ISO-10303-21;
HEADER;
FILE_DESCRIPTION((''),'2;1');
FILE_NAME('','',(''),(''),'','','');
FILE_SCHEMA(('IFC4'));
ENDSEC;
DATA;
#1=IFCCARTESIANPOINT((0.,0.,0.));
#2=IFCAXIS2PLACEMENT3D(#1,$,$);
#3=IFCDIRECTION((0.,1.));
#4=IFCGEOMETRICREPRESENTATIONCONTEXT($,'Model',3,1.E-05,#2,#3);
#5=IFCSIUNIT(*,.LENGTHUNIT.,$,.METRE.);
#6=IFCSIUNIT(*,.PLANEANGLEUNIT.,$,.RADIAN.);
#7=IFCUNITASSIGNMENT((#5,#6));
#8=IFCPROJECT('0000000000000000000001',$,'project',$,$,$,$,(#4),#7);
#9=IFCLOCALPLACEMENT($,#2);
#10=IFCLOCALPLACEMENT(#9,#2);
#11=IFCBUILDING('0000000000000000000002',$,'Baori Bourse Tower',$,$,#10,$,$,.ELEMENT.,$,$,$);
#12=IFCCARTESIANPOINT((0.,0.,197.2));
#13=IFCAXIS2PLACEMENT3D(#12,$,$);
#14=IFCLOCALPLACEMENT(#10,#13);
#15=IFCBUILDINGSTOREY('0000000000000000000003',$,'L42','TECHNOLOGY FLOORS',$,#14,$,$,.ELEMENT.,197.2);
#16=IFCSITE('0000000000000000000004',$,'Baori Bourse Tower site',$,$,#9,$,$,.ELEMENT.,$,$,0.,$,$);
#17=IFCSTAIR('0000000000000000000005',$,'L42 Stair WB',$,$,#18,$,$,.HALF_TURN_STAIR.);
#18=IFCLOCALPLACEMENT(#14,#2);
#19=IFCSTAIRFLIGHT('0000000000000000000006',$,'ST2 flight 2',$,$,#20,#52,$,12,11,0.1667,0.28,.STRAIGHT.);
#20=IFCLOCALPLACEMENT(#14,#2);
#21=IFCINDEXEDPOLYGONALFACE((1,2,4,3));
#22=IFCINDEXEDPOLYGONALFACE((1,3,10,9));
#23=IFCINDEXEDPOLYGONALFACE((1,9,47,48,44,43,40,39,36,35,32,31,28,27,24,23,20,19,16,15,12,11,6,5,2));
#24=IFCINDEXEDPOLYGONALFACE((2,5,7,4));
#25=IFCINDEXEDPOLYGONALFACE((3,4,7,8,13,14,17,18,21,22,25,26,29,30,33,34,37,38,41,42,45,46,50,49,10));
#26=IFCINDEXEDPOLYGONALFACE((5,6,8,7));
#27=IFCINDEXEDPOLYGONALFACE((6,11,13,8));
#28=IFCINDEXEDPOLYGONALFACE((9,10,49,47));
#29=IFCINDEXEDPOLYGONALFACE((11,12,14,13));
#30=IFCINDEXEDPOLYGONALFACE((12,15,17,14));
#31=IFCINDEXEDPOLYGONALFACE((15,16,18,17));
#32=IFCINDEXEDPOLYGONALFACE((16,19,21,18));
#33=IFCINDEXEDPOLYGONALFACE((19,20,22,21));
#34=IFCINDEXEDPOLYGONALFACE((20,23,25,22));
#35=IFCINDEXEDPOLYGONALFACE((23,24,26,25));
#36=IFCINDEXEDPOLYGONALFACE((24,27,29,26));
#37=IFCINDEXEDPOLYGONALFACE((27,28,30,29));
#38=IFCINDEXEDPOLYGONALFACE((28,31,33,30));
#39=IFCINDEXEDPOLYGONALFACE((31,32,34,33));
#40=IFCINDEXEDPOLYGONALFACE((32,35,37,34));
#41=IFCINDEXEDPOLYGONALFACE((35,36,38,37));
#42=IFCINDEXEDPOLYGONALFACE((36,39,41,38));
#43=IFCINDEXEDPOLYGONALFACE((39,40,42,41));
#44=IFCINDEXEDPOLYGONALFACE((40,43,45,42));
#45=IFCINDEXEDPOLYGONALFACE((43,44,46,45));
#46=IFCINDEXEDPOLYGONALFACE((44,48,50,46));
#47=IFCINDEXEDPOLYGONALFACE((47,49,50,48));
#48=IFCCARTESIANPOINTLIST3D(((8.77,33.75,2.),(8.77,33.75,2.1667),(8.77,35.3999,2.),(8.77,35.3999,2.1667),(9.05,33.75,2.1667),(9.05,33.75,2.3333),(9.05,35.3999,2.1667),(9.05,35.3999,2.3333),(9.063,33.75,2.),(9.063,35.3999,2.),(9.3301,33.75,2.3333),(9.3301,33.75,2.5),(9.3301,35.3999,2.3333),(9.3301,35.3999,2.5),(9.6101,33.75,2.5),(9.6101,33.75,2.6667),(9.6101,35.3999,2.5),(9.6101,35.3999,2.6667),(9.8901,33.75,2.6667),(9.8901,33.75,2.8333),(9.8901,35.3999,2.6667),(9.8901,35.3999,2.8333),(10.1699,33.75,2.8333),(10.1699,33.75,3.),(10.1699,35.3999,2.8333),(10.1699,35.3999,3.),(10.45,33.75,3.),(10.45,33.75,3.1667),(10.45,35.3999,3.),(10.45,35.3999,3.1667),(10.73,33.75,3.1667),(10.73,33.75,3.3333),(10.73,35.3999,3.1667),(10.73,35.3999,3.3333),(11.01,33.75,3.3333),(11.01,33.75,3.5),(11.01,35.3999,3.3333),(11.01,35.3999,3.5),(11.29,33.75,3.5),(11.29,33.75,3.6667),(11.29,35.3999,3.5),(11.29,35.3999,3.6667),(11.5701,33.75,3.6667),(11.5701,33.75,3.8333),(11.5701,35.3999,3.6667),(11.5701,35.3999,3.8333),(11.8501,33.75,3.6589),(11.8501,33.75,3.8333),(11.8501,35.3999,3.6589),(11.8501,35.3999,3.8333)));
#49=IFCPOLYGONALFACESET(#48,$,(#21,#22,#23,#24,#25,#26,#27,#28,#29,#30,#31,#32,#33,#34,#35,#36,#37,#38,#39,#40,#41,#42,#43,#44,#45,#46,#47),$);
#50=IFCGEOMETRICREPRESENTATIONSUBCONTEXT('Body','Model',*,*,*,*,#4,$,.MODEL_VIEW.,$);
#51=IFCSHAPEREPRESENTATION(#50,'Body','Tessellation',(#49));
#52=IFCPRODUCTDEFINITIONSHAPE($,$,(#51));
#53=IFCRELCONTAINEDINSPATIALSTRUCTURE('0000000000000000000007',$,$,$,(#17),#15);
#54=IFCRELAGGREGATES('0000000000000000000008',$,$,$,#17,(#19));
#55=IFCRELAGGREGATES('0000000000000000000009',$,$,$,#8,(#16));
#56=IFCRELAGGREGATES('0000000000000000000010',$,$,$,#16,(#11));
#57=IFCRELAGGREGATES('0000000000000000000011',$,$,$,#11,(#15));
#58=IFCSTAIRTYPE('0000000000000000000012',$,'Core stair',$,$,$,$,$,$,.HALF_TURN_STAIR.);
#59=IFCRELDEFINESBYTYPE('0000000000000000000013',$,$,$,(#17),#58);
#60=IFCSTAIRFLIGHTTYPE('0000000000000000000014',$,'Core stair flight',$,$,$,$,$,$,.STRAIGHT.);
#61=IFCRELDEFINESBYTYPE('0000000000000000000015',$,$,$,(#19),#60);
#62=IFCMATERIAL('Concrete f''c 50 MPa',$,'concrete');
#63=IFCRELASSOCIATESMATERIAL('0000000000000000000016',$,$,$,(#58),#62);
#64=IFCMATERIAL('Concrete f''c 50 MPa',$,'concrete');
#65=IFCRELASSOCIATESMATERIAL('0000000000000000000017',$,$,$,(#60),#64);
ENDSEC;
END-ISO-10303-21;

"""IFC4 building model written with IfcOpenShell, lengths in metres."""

from ifc_helpers import new_model, si_unit, direction, frame, origin, place, context, subcontext, project, spatial, polyline, outline, extrude, material, type_object, element, aggregate, save


model = new_model("IFC4")

# Units and contexts
model_context = context("Model", 3, precision=1e-05, world=origin(), true_north=direction((0.0, 1.0)))
body_context = subcontext(model_context, "Body", "Model", "MODEL_VIEW")
ifc_project = project(units=[si_unit("LENGTHUNIT", "METRE"), si_unit("PLANEANGLEUNIT", "RADIAN")], contexts=[model_context])

# Site, building, storey
site_placement = place(None, origin())
site = spatial("IfcSite", under=ifc_project, at=site_placement, Name="Baori Bourse Tower site", CompositionType="ELEMENT", RefElevation=0.0)
building_placement = place(site_placement, origin())
building = spatial("IfcBuilding", under=site, at=building_placement, Name="Baori Bourse Tower", CompositionType="ELEMENT")
storey_placement = place(building_placement, frame((0.0, 0.0, 197.2)))
storey = spatial("IfcBuildingStorey", under=building, at=storey_placement, Name="L42", Description="TECHNOLOGY FLOORS", CompositionType="ELEMENT", Elevation=197.2)

# Stair, stair flight
ifc_material_1 = material(Name="Concrete f'c 50 MPa", Category="concrete")
stair_type = type_object("IfcStairType", Name="Core stair", PredefinedType="HALF_TURN_STAIR", material=ifc_material_1)
stair_placement = place(storey_placement, origin())
stair = element("IfcStair", 1, at=stair_placement, inside=storey, type_object=stair_type, Name="L42 Stair WB", PredefinedType="HALF_TURN_STAIR")
ifc_material_2 = material(Name="Concrete f'c 50 MPa", Category="concrete")
stair_flight_type = type_object("IfcStairFlightType", Name="Core stair flight", PredefinedType="STRAIGHT", material=ifc_material_2)
stair_flight_placement = place(storey_placement, frame((8.77, 34.575, 2.0), z_axis=(0.0, 0.0, 1.0), x_axis=(1.0, 0.0, 0.0)))
stair_flight = element("IfcStairFlight", 2, at=stair_flight_placement, type_object=stair_flight_type, Name="ST2 flight 2", NumberOfRisers=12, NumberOfTreads=11, PredefinedType="STRAIGHT", RiserHeight=0.1667, TreadLength=0.28, context=body_context, shape_type="SweptSolid", body=[
    extrude(outline(polyline([(0.0, 0.0), (0.0, 0.1667), (0.28, 0.1667), (0.28, 0.3333), (0.5601, 0.3333), (0.5601, 0.5), (0.8401, 0.5), (0.8401, 0.6667), (1.1201, 0.6667), (1.1201, 0.8333), (1.3999, 0.8333), (1.3999, 1.0), (1.6799, 1.0), (1.6799, 1.1667), (1.96, 1.1667), (1.96, 1.3333), (2.24, 1.3333), (2.24, 1.5), (2.52, 1.5), (2.52, 1.6667), (2.8, 1.6667), (2.8, 1.8333), (3.0801, 1.8333), (3.0801, 2.0), (3.0801, 1.6589), (0.293, 0.0), (0.0, 0.0)])), frame((0.0, 0.825, 0.0), z_axis=(0.0, -1.0, 0.0), x_axis=(1.0, 0.0, 0.0)), (0.0, 0.0, 1.0), 1.6499),
])
aggregate(stair, [stair_flight])

save(model, "model.ifc")
